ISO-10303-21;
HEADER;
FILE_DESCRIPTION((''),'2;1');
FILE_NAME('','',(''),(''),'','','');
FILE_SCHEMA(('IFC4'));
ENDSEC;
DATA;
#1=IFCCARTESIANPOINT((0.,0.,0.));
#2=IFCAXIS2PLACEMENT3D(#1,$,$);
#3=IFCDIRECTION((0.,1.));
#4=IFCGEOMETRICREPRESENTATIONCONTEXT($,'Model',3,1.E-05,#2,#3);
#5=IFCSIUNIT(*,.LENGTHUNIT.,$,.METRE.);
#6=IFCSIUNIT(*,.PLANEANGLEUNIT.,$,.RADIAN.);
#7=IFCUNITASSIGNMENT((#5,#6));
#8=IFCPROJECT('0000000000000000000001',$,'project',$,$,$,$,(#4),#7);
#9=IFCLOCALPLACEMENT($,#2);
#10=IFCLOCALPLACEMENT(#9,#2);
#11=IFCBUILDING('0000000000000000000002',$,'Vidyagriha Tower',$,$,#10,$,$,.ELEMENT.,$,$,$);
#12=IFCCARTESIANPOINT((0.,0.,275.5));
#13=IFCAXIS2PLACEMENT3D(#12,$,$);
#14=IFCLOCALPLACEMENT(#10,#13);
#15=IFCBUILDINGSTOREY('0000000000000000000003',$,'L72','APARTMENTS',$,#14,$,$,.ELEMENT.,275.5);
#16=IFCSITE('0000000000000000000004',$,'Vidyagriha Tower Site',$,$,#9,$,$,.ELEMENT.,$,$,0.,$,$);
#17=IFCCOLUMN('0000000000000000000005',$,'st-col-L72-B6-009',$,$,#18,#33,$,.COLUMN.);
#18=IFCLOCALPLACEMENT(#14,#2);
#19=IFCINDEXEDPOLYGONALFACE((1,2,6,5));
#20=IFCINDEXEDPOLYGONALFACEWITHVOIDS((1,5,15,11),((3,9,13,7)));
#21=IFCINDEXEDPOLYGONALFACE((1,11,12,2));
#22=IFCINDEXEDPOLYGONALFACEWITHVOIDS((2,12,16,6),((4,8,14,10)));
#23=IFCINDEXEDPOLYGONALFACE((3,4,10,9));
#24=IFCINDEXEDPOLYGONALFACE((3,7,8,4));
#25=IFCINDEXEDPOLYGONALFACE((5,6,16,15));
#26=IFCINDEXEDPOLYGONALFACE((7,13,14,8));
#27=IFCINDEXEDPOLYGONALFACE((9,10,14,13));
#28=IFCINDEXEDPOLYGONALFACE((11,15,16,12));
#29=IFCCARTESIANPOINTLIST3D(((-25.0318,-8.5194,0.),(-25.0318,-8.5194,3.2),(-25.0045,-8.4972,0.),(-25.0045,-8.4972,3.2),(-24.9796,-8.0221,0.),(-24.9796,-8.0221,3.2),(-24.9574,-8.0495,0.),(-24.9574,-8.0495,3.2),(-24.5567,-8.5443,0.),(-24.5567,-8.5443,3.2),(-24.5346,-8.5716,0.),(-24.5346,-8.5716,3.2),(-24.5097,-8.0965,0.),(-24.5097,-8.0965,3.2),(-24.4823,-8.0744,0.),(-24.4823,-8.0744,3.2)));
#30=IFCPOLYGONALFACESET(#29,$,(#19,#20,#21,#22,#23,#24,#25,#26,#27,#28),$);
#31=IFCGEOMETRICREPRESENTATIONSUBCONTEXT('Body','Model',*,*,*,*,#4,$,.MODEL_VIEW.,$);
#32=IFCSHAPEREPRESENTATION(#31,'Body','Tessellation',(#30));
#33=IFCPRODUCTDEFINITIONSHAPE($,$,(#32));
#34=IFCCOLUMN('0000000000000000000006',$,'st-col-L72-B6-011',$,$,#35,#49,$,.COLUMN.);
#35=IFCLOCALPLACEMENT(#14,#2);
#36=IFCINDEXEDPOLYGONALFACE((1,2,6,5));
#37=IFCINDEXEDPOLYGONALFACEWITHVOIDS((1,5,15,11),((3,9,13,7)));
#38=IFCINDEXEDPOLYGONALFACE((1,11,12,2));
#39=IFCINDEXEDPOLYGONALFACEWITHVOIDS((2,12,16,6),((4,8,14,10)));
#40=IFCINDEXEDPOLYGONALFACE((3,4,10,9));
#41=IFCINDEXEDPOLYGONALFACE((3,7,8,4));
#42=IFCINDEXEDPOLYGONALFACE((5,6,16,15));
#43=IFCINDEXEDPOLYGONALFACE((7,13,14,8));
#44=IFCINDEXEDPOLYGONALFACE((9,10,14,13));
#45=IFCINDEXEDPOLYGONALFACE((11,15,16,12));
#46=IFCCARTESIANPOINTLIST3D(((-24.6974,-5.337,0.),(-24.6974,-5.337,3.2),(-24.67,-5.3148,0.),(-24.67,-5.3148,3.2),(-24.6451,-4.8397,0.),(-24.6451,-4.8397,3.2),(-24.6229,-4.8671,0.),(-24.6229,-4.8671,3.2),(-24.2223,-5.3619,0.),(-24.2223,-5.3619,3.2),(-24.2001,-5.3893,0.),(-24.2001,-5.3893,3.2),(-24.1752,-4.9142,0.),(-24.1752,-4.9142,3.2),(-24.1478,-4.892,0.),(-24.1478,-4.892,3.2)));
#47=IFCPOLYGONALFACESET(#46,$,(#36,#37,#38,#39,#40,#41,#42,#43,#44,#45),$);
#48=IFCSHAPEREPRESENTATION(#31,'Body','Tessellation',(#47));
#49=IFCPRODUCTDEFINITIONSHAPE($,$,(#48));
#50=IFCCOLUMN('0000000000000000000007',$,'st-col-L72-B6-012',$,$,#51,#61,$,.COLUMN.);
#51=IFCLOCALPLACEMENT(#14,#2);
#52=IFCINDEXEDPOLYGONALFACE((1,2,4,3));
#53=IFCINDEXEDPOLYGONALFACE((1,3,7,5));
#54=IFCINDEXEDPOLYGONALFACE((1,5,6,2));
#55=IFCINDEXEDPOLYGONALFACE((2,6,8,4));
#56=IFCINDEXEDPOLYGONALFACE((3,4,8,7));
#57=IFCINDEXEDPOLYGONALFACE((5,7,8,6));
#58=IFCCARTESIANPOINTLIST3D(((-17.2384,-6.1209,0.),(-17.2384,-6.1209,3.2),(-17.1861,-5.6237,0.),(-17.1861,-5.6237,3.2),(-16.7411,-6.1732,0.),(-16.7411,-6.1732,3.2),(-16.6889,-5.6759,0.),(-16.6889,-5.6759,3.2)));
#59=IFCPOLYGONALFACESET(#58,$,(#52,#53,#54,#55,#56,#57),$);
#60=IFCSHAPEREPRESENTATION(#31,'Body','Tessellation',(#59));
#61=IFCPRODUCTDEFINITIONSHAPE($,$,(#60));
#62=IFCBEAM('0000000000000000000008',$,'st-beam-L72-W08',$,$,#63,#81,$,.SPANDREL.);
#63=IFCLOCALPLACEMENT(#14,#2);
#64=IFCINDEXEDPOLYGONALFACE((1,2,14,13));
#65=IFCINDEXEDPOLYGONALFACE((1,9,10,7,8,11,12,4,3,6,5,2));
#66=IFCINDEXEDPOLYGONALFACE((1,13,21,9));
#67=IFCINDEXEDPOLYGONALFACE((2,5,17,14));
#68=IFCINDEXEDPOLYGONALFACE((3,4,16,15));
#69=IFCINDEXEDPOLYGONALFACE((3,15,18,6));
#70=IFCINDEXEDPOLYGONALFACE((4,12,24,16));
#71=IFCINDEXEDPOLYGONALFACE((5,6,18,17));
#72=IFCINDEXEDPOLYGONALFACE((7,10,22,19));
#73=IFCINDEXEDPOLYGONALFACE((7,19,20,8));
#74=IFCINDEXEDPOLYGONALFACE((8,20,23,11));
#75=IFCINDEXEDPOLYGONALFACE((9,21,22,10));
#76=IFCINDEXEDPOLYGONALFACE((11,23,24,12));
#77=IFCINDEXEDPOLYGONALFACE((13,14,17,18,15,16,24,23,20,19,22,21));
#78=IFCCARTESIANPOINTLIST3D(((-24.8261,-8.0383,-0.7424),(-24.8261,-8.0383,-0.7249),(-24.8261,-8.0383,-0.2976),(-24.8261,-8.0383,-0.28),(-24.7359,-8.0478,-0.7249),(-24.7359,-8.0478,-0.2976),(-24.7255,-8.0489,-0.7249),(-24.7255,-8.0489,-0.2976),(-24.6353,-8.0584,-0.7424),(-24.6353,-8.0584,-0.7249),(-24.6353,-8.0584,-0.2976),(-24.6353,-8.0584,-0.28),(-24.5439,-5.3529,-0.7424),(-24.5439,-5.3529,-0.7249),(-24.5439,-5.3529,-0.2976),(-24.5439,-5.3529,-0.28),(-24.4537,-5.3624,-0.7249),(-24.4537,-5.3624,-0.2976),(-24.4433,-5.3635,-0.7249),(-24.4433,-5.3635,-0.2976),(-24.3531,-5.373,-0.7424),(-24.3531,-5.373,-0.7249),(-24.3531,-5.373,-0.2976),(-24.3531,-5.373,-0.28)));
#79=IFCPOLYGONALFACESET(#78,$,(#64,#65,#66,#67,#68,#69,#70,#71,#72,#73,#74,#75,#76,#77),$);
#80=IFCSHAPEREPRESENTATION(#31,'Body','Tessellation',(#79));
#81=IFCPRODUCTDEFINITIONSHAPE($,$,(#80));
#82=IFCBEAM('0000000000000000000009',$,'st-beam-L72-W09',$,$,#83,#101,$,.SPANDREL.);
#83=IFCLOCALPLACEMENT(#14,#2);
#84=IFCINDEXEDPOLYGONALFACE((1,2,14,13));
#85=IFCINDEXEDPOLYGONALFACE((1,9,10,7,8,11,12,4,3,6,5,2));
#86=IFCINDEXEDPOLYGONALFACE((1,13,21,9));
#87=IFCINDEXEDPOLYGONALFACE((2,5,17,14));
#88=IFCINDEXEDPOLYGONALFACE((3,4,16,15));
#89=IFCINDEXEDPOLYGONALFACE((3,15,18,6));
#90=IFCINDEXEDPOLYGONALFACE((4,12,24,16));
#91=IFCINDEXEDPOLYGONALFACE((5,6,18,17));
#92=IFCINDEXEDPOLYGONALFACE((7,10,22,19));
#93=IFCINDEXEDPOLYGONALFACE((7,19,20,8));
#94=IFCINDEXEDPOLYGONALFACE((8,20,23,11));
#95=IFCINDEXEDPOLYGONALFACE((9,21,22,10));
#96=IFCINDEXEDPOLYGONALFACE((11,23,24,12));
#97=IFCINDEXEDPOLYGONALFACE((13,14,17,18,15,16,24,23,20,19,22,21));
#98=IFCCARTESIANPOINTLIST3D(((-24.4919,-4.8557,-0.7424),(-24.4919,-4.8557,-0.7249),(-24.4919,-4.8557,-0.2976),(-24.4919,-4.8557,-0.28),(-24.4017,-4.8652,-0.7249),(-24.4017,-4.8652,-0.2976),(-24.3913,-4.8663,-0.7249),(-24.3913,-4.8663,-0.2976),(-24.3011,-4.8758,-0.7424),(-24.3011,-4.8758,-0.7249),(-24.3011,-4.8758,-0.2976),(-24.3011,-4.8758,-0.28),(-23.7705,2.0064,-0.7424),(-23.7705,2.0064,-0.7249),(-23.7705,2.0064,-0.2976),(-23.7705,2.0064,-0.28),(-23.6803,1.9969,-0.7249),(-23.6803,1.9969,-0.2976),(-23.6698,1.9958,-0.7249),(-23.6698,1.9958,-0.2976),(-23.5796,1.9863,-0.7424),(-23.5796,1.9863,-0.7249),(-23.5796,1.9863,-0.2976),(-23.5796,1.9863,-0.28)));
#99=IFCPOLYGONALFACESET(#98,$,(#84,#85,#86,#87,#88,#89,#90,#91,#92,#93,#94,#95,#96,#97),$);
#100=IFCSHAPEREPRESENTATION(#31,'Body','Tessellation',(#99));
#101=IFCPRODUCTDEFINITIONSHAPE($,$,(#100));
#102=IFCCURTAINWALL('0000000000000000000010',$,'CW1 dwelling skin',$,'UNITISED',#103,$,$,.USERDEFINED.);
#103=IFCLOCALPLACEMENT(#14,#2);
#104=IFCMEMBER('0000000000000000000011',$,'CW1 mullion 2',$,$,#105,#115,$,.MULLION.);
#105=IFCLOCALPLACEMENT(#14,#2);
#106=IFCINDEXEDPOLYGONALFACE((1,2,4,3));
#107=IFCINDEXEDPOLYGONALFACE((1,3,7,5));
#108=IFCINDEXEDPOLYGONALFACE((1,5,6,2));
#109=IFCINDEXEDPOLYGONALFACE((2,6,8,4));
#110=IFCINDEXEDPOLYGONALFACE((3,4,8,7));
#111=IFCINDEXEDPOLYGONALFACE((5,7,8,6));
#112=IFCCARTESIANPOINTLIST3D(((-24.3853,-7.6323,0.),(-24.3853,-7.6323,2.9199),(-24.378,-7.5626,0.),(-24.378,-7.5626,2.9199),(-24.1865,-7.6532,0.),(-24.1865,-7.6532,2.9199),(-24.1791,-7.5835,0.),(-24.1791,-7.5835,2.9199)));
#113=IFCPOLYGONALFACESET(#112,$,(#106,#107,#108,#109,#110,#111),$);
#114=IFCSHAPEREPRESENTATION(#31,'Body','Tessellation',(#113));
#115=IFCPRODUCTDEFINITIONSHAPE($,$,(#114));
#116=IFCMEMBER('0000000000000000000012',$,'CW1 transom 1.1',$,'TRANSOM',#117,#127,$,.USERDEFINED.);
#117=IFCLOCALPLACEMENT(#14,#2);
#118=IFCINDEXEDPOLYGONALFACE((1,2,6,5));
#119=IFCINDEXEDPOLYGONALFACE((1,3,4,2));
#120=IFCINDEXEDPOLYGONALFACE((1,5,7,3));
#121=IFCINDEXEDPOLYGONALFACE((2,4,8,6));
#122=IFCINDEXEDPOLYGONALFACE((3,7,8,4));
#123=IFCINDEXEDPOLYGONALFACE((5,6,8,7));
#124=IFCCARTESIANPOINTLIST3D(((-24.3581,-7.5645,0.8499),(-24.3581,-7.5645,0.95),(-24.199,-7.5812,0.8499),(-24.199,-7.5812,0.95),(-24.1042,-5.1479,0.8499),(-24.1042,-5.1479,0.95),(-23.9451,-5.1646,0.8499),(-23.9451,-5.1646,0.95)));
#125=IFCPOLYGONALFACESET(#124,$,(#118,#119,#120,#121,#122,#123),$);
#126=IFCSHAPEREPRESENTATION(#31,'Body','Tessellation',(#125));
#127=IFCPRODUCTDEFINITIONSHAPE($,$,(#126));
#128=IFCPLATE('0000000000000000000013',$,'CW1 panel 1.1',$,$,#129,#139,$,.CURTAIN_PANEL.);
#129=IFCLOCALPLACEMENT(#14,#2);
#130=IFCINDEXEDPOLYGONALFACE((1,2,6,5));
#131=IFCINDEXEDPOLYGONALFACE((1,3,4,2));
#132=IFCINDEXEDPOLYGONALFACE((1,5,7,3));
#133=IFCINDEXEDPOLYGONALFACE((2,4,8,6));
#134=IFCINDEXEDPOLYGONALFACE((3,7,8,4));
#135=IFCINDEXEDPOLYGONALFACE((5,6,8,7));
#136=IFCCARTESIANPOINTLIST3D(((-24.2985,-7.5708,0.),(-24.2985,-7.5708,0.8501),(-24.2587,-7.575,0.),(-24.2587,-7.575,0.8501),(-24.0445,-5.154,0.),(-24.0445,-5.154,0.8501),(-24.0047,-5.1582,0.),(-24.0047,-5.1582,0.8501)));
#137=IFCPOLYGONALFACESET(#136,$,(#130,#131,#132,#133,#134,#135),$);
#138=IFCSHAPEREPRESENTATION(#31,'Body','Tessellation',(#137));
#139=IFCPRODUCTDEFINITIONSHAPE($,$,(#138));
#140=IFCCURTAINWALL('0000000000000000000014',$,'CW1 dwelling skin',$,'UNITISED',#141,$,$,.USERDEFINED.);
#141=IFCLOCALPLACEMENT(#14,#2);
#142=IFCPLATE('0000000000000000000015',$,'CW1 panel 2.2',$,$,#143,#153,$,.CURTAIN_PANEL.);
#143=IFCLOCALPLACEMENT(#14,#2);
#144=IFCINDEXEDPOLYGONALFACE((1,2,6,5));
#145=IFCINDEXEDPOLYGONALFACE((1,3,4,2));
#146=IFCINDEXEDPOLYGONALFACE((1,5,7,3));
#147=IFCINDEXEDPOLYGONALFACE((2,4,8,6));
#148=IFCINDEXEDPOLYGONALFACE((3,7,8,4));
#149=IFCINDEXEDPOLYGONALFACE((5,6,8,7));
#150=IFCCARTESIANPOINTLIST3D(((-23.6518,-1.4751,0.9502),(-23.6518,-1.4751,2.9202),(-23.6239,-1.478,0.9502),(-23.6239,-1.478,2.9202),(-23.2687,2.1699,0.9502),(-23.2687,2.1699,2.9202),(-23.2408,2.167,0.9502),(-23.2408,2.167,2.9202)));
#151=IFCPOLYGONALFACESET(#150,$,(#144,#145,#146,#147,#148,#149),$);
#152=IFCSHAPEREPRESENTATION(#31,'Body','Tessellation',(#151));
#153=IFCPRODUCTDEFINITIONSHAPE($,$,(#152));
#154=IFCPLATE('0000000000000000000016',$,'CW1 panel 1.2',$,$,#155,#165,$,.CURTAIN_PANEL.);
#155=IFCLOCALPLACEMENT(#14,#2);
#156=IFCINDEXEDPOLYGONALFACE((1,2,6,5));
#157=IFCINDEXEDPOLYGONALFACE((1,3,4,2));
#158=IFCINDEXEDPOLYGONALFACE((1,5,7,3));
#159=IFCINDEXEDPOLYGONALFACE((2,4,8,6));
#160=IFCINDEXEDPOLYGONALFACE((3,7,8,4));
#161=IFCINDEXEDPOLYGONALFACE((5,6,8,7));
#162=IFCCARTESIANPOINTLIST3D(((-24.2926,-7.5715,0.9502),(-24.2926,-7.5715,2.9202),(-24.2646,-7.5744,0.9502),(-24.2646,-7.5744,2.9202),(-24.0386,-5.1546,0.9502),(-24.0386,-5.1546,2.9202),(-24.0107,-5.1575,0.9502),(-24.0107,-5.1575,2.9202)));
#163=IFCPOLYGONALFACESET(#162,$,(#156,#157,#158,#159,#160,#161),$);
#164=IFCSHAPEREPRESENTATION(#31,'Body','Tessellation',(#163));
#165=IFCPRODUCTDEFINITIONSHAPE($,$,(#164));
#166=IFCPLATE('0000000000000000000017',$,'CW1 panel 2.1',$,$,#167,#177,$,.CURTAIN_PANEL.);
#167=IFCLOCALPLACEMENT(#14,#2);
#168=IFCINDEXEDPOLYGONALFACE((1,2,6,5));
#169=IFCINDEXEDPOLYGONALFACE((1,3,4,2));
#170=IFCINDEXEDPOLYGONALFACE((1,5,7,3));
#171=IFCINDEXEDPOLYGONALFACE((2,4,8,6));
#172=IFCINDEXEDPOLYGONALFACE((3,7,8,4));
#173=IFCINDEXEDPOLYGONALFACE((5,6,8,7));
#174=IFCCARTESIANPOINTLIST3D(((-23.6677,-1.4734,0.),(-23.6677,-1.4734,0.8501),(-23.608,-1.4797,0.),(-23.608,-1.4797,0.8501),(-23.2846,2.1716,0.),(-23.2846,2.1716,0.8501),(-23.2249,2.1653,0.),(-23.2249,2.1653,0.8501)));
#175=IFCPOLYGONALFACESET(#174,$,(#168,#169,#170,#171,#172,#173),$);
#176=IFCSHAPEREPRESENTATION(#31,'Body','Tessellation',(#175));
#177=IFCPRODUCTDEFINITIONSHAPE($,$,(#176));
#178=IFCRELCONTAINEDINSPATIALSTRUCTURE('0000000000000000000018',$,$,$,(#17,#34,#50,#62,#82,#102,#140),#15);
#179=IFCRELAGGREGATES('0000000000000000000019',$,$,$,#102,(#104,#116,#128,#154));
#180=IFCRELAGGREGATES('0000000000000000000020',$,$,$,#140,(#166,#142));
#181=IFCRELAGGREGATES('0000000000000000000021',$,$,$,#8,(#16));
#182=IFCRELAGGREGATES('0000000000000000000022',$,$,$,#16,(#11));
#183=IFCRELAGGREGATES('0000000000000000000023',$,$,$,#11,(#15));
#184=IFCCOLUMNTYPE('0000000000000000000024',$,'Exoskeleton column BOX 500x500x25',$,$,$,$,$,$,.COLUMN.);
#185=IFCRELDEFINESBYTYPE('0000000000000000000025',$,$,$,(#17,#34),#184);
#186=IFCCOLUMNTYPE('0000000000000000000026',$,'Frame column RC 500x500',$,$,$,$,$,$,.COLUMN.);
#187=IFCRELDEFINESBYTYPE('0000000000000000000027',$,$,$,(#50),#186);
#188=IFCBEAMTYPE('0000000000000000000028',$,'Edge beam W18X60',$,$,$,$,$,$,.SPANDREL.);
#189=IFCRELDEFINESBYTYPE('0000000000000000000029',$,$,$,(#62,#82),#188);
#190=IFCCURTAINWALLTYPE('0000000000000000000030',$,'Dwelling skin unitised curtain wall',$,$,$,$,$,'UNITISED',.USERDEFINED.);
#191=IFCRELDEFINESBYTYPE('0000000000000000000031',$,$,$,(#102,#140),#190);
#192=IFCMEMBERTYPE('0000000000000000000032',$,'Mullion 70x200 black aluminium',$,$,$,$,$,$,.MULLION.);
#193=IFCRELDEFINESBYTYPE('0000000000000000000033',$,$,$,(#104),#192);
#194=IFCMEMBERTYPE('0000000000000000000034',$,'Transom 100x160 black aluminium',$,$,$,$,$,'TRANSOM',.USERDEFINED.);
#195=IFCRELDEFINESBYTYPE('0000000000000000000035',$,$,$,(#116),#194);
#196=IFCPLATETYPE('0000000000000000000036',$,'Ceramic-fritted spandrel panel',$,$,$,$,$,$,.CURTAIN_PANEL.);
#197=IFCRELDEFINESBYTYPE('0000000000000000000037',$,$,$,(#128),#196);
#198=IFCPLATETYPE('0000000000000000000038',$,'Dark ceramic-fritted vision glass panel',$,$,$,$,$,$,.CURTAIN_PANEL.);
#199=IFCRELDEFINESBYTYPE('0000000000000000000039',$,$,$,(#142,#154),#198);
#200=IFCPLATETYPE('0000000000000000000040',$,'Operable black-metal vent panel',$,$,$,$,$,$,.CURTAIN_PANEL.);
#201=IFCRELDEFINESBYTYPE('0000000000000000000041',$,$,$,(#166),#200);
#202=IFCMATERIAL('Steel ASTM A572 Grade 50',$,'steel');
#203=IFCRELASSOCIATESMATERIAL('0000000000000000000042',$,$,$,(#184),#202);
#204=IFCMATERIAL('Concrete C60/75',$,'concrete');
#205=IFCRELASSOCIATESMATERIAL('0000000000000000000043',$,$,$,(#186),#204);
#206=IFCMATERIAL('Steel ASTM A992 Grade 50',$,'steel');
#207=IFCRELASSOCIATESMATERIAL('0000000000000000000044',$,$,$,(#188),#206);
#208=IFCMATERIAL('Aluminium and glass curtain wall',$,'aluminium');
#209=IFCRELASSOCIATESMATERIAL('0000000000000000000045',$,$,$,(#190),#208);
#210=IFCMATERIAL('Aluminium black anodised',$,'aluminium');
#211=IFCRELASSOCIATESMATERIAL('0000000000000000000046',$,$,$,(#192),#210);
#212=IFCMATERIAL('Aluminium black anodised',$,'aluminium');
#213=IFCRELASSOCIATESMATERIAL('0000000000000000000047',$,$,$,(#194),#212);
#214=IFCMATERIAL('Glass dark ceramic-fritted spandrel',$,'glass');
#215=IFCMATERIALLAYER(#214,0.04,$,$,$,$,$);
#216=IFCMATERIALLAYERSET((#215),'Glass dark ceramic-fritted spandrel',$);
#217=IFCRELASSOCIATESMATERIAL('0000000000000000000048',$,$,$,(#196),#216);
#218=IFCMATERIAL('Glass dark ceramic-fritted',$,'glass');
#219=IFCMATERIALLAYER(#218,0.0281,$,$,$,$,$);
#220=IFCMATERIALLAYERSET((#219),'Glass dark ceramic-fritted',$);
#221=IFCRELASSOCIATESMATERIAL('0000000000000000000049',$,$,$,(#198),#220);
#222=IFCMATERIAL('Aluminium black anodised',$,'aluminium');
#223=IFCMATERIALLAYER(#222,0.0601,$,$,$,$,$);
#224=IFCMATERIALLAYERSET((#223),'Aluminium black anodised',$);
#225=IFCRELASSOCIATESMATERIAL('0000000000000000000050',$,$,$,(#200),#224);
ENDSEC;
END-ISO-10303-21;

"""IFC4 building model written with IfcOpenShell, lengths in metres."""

from ifc_helpers import new_model, si_unit, direction, frame, origin, origin_2d, place, context, subcontext, project, spatial, rectangle, hollow_rectangle, i_section, extrude, material, layer, layer_set, material_profile, profile_set, type_object, element, aggregate, save


model = new_model("IFC4")

# Units and contexts
model_context = context("Model", 3, precision=1e-05, world=origin(), true_north=direction((0.0, 1.0)))
body_context = subcontext(model_context, "Body", "Model", "MODEL_VIEW")
ifc_project = project(units=[si_unit("LENGTHUNIT", "METRE"), si_unit("PLANEANGLEUNIT", "RADIAN")], contexts=[model_context])

# Site, building, storey
site_placement = place(None, origin())
site = spatial("IfcSite", under=ifc_project, at=site_placement, Name="Vidyagriha Tower Site", CompositionType="ELEMENT", RefElevation=0.0)
building_placement = place(site_placement, origin())
building = spatial("IfcBuilding", under=site, at=building_placement, Name="Vidyagriha Tower", CompositionType="ELEMENT")
storey_placement = place(building_placement, frame((0.0, 0.0, 275.5)))
storey = spatial("IfcBuildingStorey", under=building, at=storey_placement, Name="L72", Description="APARTMENTS", CompositionType="ELEMENT", Elevation=275.5)

# Columns
ifc_material_1 = material(Name="Steel ASTM A572 Grade 50", Category="steel")
ifc_material_profile_1 = material_profile(ifc_material_1, hollow_rectangle(XDim=0.5, YDim=0.5, WallThickness=0.0249, at=origin_2d()), Name="BOX 500x500x25")
ifc_profile_set_1 = profile_set([ifc_material_profile_1], Name="Steel ASTM A572 Grade 50")
column_type_1 = type_object("IfcColumnType", Name="Exoskeleton column BOX 500x500x25", PredefinedType="COLUMN", material=ifc_profile_set_1)
for number, where, z_axis, x_axis, name in (
    (1, (-24.7571, -8.2969, 0.0), (0.0, 0.0, 1.0), (0.994522, -0.104528, 0.0), "st-col-L72-B6-009"),
    (2, (-24.4226, -5.1145, 0.0), (0.0, 0.0, 1.0), (0.994522, -0.104528, 0.0), "st-col-L72-B6-011"),
):
    element("IfcColumn", number, at=place(storey_placement, frame(where, z_axis=z_axis, x_axis=x_axis)), inside=storey, type_object=column_type_1, Name=name, PredefinedType="COLUMN", context=body_context, shape_type="SweptSolid", body=[
        extrude(hollow_rectangle(XDim=0.5, YDim=0.5, WallThickness=0.0249, at=origin_2d()), origin(), (0.0, 0.0, 1.0), 3.2),
    ])
ifc_material_2 = material(Name="Concrete C60/75", Category="concrete")
ifc_material_profile_2 = material_profile(ifc_material_2, rectangle(XDim=0.5, YDim=0.5, at=origin_2d()), Name="RC 500x500")
ifc_profile_set_2 = profile_set([ifc_material_profile_2], Name="Concrete C60/75")
column_type_2 = type_object("IfcColumnType", Name="Frame column RC 500x500", PredefinedType="COLUMN", material=ifc_profile_set_2)
column_placement = place(storey_placement, frame((-16.9636, -5.8984, 0.0), z_axis=(0.0, 0.0, 1.0), x_axis=(0.994522, -0.104528, 0.0)))
element("IfcColumn", 3, at=column_placement, inside=storey, type_object=column_type_2, Name="st-col-L72-B6-012", PredefinedType="COLUMN", context=body_context, shape_type="SweptSolid", body=[
    extrude(rectangle(XDim=0.5, YDim=0.5, at=origin_2d()), origin(), (0.0, 0.0, 1.0), 3.2),
])

# Beams
ifc_material_3 = material(Name="Steel ASTM A992 Grade 50", Category="steel")
ifc_material_profile_3 = material_profile(ifc_material_3, i_section(OverallWidth=0.1919, OverallDepth=0.4624, WebThickness=0.0105, FlangeThickness=0.0176, at=origin_2d()), Name="W18X60")
ifc_profile_set_3 = profile_set([ifc_material_profile_3], Name="Steel ASTM A992 Grade 50")
beam_type = type_object("IfcBeamType", Name="Edge beam W18X60", PredefinedType="SPANDREL", material=ifc_profile_set_3)
beam_1_placement = place(storey_placement, frame((-24.7307, -8.0483, -0.5112), z_axis=(0.104525, 0.994522, 0.0), x_axis=(-0.994522, 0.104525, 0.0)))
element("IfcBeam", 4, at=beam_1_placement, inside=storey, type_object=beam_type, Name="st-beam-L72-W08", PredefinedType="SPANDREL", context=body_context, shape_type="SweptSolid", body=[
    extrude(i_section(OverallWidth=0.1919, OverallDepth=0.4624, WebThickness=0.0105, FlangeThickness=0.0176, at=origin_2d()), origin(), (0.0, 0.0, 1.0), 2.7002),
])
beam_2_placement = place(storey_placement, frame((-24.3965, -4.8657, -0.5112), z_axis=(0.104558, 0.994519, 0.0), x_axis=(-0.994519, 0.104558, 0.0)))
element("IfcBeam", 5, at=beam_2_placement, inside=storey, type_object=beam_type, Name="st-beam-L72-W09", PredefinedType="SPANDREL", context=body_context, shape_type="SweptSolid", body=[
    extrude(i_section(OverallWidth=0.1919, OverallDepth=0.4624, WebThickness=0.0105, FlangeThickness=0.0176, at=origin_2d()), origin(), (0.0, 0.0, 1.0), 6.8999),
])

# Curtain wall, members, plate
ifc_material_4 = material(Name="Aluminium and glass curtain wall", Category="aluminium")
curtain_wall_type = type_object("IfcCurtainWallType", Name="Dwelling skin unitised curtain wall", ElementType="UNITISED", PredefinedType="USERDEFINED", material=ifc_material_4)
curtain_wall_1_placement = place(storey_placement, origin())
curtain_wall_1 = element("IfcCurtainWall", 6, at=curtain_wall_1_placement, inside=storey, type_object=curtain_wall_type, Name="CW1 dwelling skin", ObjectType="UNITISED", PredefinedType="USERDEFINED")
ifc_material_5 = material(Name="Aluminium black anodised", Category="aluminium")
ifc_material_profile_4 = material_profile(ifc_material_5, rectangle(XDim=0.2, YDim=0.0701, at=origin_2d()), Name="Mullion 70x200 black aluminium")
ifc_profile_set_4 = profile_set([ifc_material_profile_4], Name="Aluminium black anodised")
member_type_1 = type_object("IfcMemberType", Name="Mullion 70x200 black aluminium", PredefinedType="MULLION", material=ifc_profile_set_4)
member_1_placement = place(storey_placement, frame((-24.2822, -7.6079, 0.0), z_axis=(0.0, 0.0, 1.0), x_axis=(0.994523, -0.104516, 0.0)))
member_1 = element("IfcMember", 7, at=member_1_placement, type_object=member_type_1, Name="CW1 mullion 2", PredefinedType="MULLION", context=body_context, shape_type="SweptSolid", body=[
    extrude(rectangle(XDim=0.2, YDim=0.0701, at=origin_2d()), origin(), (0.0, 0.0, 1.0), 2.9199),
])
ifc_material_6 = material(Name="Aluminium black anodised", Category="aluminium")
ifc_material_profile_5 = material_profile(ifc_material_6, rectangle(XDim=0.1599, YDim=0.1001, at=origin_2d()), Name="Transom 100x160 black aluminium")
ifc_profile_set_5 = profile_set([ifc_material_profile_5], Name="Aluminium black anodised")
member_type_2 = type_object("IfcMemberType", Name="Transom 100x160 black aluminium", ElementType="TRANSOM", PredefinedType="USERDEFINED", material=ifc_profile_set_5)
member_2_placement = place(storey_placement, frame((-24.0247, -5.1562, 0.8999), z_axis=(-0.104486, -0.994526, 0.0), x_axis=(0.994526, -0.104486, 0.0)))
member_2 = element("IfcMember", 8, at=member_2_placement, type_object=member_type_2, Name="CW1 transom 1.1", ObjectType="TRANSOM", PredefinedType="USERDEFINED", context=body_context, shape_type="SweptSolid", body=[
    extrude(rectangle(XDim=0.1599, YDim=0.1001, at=origin_2d()), origin(), (0.0, 0.0, 1.0), 2.4299),
])
ifc_material_7 = material(Name="Glass dark ceramic-fritted spandrel", Category="glass")
ifc_layer_1 = layer(ifc_material_7, 0.04)
ifc_layer_set_1 = layer_set([ifc_layer_1], Name="Glass dark ceramic-fritted spandrel")
plate_type_1 = type_object("IfcPlateType", Name="Ceramic-fritted spandrel panel", PredefinedType="CURTAIN_PANEL", material=ifc_layer_set_1)
plate_1_placement = place(storey_placement, frame((-24.1516, -6.3645, 0.0), z_axis=(0.0, 0.0, 1.0), x_axis=(-0.104516, -0.994523, 0.0)))
plate_1 = element("IfcPlate", 9, at=plate_1_placement, type_object=plate_type_1, Name="CW1 panel 1.1", PredefinedType="CURTAIN_PANEL", context=body_context, shape_type="SweptSolid", body=[
    extrude(rectangle(XDim=2.4302, YDim=0.04, at=origin_2d()), origin(), (0.0, 0.0, 1.0), 0.8501),
])

# Curtain wall, plate
curtain_wall_2_placement = place(storey_placement, origin())
curtain_wall_2 = element("IfcCurtainWall", 10, at=curtain_wall_2_placement, inside=storey, type_object=curtain_wall_type, Name="CW1 dwelling skin", ObjectType="UNITISED", PredefinedType="USERDEFINED")
ifc_material_8 = material(Name="Glass dark ceramic-fritted", Category="glass")
ifc_layer_2 = layer(ifc_material_8, 0.0281)
ifc_layer_set_2 = layer_set([ifc_layer_2], Name="Glass dark ceramic-fritted")
plate_type_2 = type_object("IfcPlateType", Name="Dark ceramic-fritted vision glass panel", PredefinedType="CURTAIN_PANEL", material=ifc_layer_set_2)
plate_2_placement = place(storey_placement, frame((-23.4463, 0.3459, 0.9502), z_axis=(0.0, 0.0, 1.0), x_axis=(-0.104533, -0.994521, 0.0)))
plate_2 = element("IfcPlate", 11, at=plate_2_placement, type_object=plate_type_2, Name="CW1 panel 2.2", PredefinedType="CURTAIN_PANEL", context=body_context, shape_type="SweptSolid", body=[
    extrude(rectangle(XDim=3.665, YDim=0.0281, at=origin_2d()), origin(), (0.0, 0.0, 1.0), 1.97),
])

# Plates
plate_3_placement = place(storey_placement, frame((-24.1516, -6.3645, 0.9502), z_axis=(0.0, 0.0, 1.0), x_axis=(-0.104516, -0.994523, 0.0)))
plate_3 = element("IfcPlate", 12, at=plate_3_placement, type_object=plate_type_2, Name="CW1 panel 1.2", PredefinedType="CURTAIN_PANEL", context=body_context, shape_type="SweptSolid", body=[
    extrude(rectangle(XDim=2.4302, YDim=0.0281, at=origin_2d()), origin(), (0.0, 0.0, 1.0), 1.97),
])
aggregate(curtain_wall_1, [member_1, member_2, plate_1, plate_3])
ifc_material_9 = material(Name="Aluminium black anodised", Category="aluminium")
ifc_layer_3 = layer(ifc_material_9, 0.0601)
ifc_layer_set_3 = layer_set([ifc_layer_3], Name="Aluminium black anodised")
plate_type_3 = type_object("IfcPlateType", Name="Operable black-metal vent panel", PredefinedType="CURTAIN_PANEL", material=ifc_layer_set_3)
plate_4_placement = place(storey_placement, frame((-23.4463, 0.3459, 0.0), z_axis=(0.0, 0.0, 1.0), x_axis=(-0.104533, -0.994521, 0.0)))
plate_4 = element("IfcPlate", 13, at=plate_4_placement, type_object=plate_type_3, Name="CW1 panel 2.1", PredefinedType="CURTAIN_PANEL", context=body_context, shape_type="SweptSolid", body=[
    extrude(rectangle(XDim=3.665, YDim=0.0601, at=origin_2d()), origin(), (0.0, 0.0, 1.0), 0.8501),
])
aggregate(curtain_wall_2, [plate_4, plate_2])

save(model, "model.ifc")
